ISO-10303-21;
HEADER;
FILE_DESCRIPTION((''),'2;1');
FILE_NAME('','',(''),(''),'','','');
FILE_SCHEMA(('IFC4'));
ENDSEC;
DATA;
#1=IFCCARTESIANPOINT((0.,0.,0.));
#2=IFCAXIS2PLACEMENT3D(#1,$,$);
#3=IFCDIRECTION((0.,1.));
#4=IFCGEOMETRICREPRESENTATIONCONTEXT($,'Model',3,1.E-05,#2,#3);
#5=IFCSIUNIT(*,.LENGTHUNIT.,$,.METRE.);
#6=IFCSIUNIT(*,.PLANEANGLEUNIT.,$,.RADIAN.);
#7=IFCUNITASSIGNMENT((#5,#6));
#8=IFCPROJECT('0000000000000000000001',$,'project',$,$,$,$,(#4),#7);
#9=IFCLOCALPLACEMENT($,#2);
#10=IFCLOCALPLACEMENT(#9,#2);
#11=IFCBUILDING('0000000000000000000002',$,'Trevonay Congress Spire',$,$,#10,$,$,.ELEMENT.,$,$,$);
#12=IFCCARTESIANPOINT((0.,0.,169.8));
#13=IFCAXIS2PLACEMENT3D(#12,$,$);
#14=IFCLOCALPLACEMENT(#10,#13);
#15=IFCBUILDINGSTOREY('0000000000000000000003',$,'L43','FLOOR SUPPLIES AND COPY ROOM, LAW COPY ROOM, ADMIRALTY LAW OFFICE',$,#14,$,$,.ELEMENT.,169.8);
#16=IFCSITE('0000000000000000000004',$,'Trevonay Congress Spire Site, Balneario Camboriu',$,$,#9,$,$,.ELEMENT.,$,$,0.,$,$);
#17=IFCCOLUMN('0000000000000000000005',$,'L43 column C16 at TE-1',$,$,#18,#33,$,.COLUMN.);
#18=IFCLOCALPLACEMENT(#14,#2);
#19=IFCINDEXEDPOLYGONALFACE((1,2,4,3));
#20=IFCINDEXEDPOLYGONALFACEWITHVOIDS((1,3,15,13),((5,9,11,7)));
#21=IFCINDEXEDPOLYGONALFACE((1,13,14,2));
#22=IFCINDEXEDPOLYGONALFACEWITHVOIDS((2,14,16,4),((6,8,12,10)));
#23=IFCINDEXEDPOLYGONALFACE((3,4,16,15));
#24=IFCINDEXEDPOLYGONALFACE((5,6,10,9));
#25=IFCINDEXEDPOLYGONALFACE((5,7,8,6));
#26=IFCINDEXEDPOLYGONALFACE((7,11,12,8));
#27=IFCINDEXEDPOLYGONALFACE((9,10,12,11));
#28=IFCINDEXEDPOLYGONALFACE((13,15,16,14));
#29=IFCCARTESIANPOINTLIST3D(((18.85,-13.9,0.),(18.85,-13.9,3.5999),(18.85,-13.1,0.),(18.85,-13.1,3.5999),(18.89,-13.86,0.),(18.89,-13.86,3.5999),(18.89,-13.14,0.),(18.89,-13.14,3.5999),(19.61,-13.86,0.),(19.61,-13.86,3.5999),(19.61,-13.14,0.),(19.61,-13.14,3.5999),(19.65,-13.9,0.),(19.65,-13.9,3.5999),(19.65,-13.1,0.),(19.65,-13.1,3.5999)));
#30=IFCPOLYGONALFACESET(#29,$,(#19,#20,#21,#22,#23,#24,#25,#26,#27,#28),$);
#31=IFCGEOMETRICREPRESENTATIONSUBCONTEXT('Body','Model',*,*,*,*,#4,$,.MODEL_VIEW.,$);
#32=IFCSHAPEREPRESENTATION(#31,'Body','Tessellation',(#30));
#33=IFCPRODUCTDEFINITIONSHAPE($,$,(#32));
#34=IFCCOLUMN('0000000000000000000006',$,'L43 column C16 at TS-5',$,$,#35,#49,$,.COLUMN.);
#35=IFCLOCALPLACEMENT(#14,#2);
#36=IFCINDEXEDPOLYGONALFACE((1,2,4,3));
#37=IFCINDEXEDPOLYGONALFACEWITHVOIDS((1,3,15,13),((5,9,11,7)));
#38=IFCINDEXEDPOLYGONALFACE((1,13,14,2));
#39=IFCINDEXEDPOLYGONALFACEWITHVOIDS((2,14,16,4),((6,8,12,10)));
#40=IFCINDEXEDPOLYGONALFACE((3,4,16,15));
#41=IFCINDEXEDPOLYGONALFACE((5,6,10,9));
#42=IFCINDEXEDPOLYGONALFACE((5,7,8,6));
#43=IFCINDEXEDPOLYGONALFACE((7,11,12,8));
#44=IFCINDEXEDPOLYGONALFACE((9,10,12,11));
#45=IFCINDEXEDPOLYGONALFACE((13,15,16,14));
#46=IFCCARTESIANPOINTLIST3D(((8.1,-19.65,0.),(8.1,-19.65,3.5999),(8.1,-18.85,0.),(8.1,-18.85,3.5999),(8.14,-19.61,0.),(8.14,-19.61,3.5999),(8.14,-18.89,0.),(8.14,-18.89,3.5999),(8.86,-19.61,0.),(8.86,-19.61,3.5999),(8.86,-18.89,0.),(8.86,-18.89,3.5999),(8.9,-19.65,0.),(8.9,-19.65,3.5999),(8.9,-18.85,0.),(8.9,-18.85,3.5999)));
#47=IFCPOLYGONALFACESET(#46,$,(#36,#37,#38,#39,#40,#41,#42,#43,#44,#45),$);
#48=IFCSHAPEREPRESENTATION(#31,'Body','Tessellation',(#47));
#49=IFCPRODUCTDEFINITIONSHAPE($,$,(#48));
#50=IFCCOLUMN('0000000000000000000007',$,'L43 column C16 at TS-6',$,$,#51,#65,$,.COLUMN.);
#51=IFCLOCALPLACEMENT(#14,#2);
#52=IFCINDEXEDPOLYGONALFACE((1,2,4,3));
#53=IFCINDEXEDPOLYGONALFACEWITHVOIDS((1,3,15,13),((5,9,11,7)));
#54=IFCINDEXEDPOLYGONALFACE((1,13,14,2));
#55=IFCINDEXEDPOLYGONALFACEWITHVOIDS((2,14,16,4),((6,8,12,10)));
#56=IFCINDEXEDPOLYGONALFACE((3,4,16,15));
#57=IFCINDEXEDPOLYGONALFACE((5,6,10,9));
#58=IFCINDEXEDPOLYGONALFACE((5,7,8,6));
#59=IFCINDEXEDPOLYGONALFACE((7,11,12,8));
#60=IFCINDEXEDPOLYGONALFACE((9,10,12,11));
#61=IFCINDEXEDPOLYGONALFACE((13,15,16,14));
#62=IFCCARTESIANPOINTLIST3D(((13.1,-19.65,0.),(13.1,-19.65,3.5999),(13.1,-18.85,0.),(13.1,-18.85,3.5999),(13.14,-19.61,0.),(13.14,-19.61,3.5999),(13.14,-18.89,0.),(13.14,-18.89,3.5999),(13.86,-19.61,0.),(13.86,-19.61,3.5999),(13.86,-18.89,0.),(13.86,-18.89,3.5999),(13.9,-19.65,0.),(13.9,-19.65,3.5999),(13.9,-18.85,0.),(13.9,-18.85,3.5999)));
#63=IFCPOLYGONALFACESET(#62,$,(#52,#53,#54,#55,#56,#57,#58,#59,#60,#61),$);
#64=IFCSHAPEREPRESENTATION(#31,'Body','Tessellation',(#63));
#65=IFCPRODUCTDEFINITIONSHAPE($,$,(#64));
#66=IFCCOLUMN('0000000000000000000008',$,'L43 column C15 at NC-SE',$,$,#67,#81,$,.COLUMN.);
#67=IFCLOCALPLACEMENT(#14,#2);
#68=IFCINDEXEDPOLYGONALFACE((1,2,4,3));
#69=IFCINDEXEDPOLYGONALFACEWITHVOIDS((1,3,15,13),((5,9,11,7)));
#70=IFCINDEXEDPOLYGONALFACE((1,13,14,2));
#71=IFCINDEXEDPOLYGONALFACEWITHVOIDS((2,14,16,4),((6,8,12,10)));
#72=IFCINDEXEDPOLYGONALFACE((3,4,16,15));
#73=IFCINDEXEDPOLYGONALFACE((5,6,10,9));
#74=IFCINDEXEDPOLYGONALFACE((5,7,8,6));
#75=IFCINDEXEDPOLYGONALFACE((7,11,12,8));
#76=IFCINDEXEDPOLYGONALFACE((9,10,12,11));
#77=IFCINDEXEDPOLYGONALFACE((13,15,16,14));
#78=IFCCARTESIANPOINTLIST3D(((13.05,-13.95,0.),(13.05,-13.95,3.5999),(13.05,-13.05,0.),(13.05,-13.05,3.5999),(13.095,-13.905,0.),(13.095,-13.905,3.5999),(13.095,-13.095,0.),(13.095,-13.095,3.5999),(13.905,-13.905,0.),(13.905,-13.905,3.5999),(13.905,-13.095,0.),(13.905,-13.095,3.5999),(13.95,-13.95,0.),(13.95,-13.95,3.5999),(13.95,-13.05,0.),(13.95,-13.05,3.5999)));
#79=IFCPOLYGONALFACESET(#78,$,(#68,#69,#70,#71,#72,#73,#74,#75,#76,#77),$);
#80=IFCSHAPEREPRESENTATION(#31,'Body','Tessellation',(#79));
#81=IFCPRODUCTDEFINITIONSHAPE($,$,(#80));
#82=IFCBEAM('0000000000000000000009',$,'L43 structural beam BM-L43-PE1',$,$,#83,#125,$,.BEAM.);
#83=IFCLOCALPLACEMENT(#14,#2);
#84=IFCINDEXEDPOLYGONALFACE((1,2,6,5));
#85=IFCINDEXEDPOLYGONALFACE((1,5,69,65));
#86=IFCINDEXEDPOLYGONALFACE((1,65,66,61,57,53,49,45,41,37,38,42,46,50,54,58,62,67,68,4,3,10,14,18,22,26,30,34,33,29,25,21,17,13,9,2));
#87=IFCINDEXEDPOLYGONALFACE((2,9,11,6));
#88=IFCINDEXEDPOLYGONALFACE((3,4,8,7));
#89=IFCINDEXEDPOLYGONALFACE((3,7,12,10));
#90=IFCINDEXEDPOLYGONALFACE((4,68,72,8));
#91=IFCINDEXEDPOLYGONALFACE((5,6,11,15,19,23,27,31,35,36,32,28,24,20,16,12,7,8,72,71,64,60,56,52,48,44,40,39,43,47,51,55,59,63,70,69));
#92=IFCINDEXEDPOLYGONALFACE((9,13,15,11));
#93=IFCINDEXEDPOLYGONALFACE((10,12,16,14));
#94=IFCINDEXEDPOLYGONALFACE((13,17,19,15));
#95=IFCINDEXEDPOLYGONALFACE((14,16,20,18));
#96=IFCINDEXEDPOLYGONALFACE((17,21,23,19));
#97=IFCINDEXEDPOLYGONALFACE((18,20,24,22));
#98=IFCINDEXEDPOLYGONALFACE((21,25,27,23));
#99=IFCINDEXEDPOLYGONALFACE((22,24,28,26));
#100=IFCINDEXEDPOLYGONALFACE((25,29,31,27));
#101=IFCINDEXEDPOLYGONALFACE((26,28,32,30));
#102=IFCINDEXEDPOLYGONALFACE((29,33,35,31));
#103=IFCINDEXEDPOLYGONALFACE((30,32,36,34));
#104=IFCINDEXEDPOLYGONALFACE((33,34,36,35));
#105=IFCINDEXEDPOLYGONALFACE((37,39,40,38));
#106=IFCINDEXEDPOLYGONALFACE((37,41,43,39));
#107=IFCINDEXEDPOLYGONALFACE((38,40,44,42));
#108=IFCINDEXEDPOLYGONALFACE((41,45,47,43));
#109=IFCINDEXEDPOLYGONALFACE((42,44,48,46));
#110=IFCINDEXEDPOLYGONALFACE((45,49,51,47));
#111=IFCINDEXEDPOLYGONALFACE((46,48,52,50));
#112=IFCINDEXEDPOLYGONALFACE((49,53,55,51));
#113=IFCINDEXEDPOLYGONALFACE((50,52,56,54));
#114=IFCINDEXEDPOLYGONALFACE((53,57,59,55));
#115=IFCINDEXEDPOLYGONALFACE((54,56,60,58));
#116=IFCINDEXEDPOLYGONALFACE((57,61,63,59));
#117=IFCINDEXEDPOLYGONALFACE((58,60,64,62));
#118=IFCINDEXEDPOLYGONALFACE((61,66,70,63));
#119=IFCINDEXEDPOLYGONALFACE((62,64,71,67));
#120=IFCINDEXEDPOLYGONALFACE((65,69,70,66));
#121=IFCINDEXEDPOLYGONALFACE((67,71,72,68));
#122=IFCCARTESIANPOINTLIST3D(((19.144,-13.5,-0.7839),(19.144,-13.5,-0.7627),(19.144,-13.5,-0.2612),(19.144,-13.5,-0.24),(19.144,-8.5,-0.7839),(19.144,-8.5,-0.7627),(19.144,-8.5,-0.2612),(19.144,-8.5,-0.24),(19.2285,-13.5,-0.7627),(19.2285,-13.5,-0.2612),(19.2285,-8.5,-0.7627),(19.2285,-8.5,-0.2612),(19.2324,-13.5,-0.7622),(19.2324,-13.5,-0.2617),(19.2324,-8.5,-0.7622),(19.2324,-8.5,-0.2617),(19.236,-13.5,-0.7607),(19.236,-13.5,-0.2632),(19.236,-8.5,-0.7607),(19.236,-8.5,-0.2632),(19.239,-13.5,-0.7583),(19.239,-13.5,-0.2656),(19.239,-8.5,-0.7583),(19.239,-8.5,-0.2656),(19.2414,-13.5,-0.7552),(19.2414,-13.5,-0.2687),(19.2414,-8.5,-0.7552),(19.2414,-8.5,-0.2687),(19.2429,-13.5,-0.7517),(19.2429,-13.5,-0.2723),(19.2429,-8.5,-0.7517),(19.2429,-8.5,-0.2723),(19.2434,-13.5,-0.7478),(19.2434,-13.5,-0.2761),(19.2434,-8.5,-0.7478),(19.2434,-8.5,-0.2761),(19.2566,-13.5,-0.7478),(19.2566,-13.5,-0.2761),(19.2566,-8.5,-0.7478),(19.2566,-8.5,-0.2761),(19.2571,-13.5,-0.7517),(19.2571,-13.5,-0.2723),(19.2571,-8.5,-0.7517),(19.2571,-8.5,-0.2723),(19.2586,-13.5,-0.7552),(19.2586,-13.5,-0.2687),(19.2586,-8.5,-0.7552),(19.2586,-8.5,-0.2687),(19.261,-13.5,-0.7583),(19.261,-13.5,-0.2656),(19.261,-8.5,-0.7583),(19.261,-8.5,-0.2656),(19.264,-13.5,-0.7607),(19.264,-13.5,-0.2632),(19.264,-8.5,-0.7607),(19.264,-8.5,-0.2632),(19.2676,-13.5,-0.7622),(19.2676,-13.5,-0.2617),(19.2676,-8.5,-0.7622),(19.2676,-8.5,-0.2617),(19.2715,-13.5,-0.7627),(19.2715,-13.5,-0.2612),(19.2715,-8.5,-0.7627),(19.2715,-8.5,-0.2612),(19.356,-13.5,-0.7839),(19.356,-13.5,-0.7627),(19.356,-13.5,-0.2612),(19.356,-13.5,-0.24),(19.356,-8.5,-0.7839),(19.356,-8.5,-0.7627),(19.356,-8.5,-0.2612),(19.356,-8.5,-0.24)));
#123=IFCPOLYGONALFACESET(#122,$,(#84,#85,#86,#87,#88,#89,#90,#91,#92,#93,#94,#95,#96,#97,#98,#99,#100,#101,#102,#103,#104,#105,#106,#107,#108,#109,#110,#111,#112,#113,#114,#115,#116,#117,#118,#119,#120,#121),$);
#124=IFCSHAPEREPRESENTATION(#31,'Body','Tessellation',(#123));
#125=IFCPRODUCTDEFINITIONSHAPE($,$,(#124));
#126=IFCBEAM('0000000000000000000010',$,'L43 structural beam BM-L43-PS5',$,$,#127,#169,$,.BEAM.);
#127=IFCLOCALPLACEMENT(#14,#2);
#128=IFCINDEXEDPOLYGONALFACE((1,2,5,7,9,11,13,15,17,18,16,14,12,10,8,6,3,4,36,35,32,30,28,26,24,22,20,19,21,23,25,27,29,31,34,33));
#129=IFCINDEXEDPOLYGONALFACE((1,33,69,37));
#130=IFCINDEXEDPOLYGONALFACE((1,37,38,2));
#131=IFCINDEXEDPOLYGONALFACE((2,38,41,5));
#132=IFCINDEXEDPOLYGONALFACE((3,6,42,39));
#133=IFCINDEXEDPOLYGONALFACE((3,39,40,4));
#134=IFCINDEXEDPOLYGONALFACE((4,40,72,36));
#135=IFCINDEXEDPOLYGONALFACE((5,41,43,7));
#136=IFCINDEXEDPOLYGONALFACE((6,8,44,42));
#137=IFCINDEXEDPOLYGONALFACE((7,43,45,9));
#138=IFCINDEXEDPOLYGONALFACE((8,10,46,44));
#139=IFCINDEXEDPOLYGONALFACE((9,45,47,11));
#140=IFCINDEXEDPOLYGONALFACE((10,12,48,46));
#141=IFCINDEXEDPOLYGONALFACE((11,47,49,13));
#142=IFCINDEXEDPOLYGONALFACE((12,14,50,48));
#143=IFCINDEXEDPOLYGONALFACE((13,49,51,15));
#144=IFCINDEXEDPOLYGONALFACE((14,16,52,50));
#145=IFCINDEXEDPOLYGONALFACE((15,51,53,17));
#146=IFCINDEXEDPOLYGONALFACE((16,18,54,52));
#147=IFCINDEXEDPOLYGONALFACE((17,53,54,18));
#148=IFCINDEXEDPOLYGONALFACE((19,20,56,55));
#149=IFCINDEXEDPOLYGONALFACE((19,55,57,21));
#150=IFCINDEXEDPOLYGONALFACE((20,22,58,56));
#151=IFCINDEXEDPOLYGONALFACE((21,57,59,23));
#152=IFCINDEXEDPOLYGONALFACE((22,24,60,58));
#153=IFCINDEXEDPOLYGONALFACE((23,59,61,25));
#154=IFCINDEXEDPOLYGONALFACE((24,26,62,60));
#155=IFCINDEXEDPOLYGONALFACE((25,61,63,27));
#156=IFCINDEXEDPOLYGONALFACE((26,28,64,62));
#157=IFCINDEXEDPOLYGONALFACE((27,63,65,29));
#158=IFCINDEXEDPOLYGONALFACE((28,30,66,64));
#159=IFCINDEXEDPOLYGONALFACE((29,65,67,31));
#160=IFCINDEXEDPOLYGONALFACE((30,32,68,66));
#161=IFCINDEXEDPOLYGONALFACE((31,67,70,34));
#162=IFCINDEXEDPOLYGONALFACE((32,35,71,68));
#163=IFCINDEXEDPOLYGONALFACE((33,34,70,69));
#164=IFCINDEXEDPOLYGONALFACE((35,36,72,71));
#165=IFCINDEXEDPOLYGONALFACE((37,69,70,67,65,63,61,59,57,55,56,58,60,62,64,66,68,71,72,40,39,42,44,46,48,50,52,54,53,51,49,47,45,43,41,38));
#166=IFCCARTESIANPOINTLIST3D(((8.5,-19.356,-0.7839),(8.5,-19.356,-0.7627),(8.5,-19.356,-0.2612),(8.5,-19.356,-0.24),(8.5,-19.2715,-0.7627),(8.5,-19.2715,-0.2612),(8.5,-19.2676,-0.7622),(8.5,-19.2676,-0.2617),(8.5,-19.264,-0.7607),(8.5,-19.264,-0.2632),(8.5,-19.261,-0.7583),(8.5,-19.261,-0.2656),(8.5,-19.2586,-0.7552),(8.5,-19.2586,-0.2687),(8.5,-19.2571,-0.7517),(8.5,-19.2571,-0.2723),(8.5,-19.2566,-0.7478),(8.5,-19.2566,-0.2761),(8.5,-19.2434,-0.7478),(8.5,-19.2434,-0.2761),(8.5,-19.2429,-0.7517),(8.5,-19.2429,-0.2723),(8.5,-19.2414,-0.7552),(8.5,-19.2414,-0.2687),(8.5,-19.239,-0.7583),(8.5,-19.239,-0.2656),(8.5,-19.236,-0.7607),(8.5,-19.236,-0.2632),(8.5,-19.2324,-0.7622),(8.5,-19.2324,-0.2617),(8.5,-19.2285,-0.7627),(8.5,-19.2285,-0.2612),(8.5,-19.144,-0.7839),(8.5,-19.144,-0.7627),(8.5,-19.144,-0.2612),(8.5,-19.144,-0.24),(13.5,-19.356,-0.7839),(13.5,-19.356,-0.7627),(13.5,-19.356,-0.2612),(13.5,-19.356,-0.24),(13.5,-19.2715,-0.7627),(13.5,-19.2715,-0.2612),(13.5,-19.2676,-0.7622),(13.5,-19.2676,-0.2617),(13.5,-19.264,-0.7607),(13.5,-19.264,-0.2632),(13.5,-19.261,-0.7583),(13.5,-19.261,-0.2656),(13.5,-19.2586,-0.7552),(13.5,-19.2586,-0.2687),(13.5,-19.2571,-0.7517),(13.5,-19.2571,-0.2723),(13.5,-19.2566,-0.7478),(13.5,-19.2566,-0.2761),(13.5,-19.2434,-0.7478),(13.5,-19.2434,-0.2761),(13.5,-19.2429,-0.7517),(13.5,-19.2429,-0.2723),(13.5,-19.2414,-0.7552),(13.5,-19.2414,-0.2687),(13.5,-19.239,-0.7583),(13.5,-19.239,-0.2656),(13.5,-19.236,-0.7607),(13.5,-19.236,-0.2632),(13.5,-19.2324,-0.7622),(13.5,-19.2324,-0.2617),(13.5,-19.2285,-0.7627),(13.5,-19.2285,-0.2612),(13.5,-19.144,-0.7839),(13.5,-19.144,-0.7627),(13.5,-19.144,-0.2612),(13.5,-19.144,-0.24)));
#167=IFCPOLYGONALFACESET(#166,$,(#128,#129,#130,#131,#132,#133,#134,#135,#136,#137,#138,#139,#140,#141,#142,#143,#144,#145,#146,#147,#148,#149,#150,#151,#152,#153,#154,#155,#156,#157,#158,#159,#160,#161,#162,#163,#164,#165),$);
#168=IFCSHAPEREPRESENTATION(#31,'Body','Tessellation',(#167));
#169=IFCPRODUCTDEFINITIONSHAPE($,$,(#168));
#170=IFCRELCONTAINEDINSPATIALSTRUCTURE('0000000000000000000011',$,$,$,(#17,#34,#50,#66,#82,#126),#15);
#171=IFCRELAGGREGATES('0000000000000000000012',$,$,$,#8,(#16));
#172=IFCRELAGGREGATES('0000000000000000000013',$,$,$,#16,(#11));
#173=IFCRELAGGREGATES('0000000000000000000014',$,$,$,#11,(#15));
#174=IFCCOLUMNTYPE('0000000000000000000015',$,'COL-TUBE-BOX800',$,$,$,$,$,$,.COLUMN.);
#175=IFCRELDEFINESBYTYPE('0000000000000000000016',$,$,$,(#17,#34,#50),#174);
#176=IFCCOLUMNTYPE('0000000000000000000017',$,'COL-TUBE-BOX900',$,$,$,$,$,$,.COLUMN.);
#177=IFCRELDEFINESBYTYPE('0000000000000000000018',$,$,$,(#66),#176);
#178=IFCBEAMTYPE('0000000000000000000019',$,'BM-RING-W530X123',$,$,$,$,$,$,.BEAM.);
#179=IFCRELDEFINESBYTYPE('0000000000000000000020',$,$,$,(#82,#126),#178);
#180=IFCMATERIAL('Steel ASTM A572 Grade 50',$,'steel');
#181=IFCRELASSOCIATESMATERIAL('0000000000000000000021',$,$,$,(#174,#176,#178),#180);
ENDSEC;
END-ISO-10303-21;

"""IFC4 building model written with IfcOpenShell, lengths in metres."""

from ifc_helpers import new_model, si_unit, direction, frame, origin, origin_2d, place, context, subcontext, project, spatial, hollow_rectangle, i_section, extrude, material, material_profile, profile_set, type_object, element, save


model = new_model("IFC4")

# Units and contexts
model_context = context("Model", 3, precision=1e-05, world=origin(), true_north=direction((0.0, 1.0)))
body_context = subcontext(model_context, "Body", "Model", "MODEL_VIEW")
ifc_project = project(units=[si_unit("LENGTHUNIT", "METRE"), si_unit("PLANEANGLEUNIT", "RADIAN")], contexts=[model_context])

# Site, building, storey
site_placement = place(None, origin())
site = spatial("IfcSite", under=ifc_project, at=site_placement, Name="Trevonay Congress Spire Site, Balneario Camboriu", CompositionType="ELEMENT", RefElevation=0.0)
building_placement = place(site_placement, origin())
building = spatial("IfcBuilding", under=site, at=building_placement, Name="Trevonay Congress Spire", CompositionType="ELEMENT")
storey_placement = place(building_placement, frame((0.0, 0.0, 169.8)))
storey = spatial("IfcBuildingStorey", under=building, at=storey_placement, Name="L43", Description="FLOOR SUPPLIES AND COPY ROOM, LAW COPY ROOM, ADMIRALTY LAW OFFICE", CompositionType="ELEMENT", Elevation=169.8)

# Columns
ifc_material_1 = material(Name="Steel ASTM A572 Grade 50", Category="steel")
ifc_material_profile_1 = material_profile(ifc_material_1, hollow_rectangle(XDim=0.8, YDim=0.8, WallThickness=0.04, at=origin_2d()), Name="BOX 800x800x40")
ifc_profile_set_1 = profile_set([ifc_material_profile_1], Name="Steel ASTM A572 Grade 50")
column_type_1 = type_object("IfcColumnType", Name="COL-TUBE-BOX800", PredefinedType="COLUMN", material=ifc_profile_set_1)
for number, where, z_axis, x_axis, name in (
    (1, (19.25, -13.5, 0.0), (0.0, 0.0, 1.0), (1.0, 0.0, 0.0), "L43 column C16 at TE-1"),
    (2, (8.5, -19.25, 0.0), (0.0, 0.0, 1.0), (1.0, 0.0, 0.0), "L43 column C16 at TS-5"),
    (3, (13.5, -19.25, 0.0), (0.0, 0.0, 1.0), (1.0, 0.0, 0.0), "L43 column C16 at TS-6"),
):
    element("IfcColumn", number, at=place(storey_placement, frame(where, z_axis=z_axis, x_axis=x_axis)), inside=storey, type_object=column_type_1, Name=name, PredefinedType="COLUMN", context=body_context, shape_type="SweptSolid", body=[
        extrude(hollow_rectangle(XDim=0.8, YDim=0.8, WallThickness=0.04, at=origin_2d()), origin(), (0.0, 0.0, 1.0), 3.5999),
    ])
ifc_material_profile_2 = material_profile(ifc_material_1, hollow_rectangle(XDim=0.8999, YDim=0.8999, WallThickness=0.0449, at=origin_2d()), Name="BOX 900x900x45")
ifc_profile_set_2 = profile_set([ifc_material_profile_2], Name="Steel ASTM A572 Grade 50")
column_type_2 = type_object("IfcColumnType", Name="COL-TUBE-BOX900", PredefinedType="COLUMN", material=ifc_profile_set_2)
column_placement = place(storey_placement, frame((13.5, -13.5, 0.0), z_axis=(0.0, 0.0, 1.0), x_axis=(1.0, 0.0, 0.0)))
element("IfcColumn", 4, at=column_placement, inside=storey, type_object=column_type_2, Name="L43 column C15 at NC-SE", PredefinedType="COLUMN", context=body_context, shape_type="SweptSolid", body=[
    extrude(hollow_rectangle(XDim=0.8999, YDim=0.8999, WallThickness=0.0449, at=origin_2d()), origin(), (0.0, 0.0, 1.0), 3.5999),
])

# Beams
ifc_material_profile_3 = material_profile(ifc_material_1, i_section(OverallWidth=0.2119, OverallDepth=0.5439, WebThickness=0.0132, FlangeThickness=0.0212, FilletRadius=0.0149, at=origin_2d()), Name="W530x123")
ifc_profile_set_3 = profile_set([ifc_material_profile_3], Name="Steel ASTM A572 Grade 50")
beam_type_1 = type_object("IfcBeamType", Name="BM-RING-W530X123", PredefinedType="BEAM", material=ifc_profile_set_3)
for number, where, z_axis, x_axis, name in (
    (5, (19.25, -13.5, -0.512), (0.0, 1.0, 0.0), (-1.0, 0.0, 0.0), "L43 structural beam BM-L43-PE1"),
    (6, (8.5, -19.25, -0.512), (1.0, 0.0, 0.0), (0.0, 1.0, 0.0), "L43 structural beam BM-L43-PS5"),
):
    element("IfcBeam", number, at=place(storey_placement, frame(where, z_axis=z_axis, x_axis=x_axis)), inside=storey, type_object=beam_type_1, Name=name, PredefinedType="BEAM", context=body_context, shape_type="SweptSolid", body=[
        extrude(i_section(OverallWidth=0.2119, OverallDepth=0.5439, WebThickness=0.0132, FlangeThickness=0.0212, FilletRadius=0.0149, at=origin_2d()), origin(), (0.0, 0.0, 1.0), 5.0),
    ])

save(model, "model.ifc")
